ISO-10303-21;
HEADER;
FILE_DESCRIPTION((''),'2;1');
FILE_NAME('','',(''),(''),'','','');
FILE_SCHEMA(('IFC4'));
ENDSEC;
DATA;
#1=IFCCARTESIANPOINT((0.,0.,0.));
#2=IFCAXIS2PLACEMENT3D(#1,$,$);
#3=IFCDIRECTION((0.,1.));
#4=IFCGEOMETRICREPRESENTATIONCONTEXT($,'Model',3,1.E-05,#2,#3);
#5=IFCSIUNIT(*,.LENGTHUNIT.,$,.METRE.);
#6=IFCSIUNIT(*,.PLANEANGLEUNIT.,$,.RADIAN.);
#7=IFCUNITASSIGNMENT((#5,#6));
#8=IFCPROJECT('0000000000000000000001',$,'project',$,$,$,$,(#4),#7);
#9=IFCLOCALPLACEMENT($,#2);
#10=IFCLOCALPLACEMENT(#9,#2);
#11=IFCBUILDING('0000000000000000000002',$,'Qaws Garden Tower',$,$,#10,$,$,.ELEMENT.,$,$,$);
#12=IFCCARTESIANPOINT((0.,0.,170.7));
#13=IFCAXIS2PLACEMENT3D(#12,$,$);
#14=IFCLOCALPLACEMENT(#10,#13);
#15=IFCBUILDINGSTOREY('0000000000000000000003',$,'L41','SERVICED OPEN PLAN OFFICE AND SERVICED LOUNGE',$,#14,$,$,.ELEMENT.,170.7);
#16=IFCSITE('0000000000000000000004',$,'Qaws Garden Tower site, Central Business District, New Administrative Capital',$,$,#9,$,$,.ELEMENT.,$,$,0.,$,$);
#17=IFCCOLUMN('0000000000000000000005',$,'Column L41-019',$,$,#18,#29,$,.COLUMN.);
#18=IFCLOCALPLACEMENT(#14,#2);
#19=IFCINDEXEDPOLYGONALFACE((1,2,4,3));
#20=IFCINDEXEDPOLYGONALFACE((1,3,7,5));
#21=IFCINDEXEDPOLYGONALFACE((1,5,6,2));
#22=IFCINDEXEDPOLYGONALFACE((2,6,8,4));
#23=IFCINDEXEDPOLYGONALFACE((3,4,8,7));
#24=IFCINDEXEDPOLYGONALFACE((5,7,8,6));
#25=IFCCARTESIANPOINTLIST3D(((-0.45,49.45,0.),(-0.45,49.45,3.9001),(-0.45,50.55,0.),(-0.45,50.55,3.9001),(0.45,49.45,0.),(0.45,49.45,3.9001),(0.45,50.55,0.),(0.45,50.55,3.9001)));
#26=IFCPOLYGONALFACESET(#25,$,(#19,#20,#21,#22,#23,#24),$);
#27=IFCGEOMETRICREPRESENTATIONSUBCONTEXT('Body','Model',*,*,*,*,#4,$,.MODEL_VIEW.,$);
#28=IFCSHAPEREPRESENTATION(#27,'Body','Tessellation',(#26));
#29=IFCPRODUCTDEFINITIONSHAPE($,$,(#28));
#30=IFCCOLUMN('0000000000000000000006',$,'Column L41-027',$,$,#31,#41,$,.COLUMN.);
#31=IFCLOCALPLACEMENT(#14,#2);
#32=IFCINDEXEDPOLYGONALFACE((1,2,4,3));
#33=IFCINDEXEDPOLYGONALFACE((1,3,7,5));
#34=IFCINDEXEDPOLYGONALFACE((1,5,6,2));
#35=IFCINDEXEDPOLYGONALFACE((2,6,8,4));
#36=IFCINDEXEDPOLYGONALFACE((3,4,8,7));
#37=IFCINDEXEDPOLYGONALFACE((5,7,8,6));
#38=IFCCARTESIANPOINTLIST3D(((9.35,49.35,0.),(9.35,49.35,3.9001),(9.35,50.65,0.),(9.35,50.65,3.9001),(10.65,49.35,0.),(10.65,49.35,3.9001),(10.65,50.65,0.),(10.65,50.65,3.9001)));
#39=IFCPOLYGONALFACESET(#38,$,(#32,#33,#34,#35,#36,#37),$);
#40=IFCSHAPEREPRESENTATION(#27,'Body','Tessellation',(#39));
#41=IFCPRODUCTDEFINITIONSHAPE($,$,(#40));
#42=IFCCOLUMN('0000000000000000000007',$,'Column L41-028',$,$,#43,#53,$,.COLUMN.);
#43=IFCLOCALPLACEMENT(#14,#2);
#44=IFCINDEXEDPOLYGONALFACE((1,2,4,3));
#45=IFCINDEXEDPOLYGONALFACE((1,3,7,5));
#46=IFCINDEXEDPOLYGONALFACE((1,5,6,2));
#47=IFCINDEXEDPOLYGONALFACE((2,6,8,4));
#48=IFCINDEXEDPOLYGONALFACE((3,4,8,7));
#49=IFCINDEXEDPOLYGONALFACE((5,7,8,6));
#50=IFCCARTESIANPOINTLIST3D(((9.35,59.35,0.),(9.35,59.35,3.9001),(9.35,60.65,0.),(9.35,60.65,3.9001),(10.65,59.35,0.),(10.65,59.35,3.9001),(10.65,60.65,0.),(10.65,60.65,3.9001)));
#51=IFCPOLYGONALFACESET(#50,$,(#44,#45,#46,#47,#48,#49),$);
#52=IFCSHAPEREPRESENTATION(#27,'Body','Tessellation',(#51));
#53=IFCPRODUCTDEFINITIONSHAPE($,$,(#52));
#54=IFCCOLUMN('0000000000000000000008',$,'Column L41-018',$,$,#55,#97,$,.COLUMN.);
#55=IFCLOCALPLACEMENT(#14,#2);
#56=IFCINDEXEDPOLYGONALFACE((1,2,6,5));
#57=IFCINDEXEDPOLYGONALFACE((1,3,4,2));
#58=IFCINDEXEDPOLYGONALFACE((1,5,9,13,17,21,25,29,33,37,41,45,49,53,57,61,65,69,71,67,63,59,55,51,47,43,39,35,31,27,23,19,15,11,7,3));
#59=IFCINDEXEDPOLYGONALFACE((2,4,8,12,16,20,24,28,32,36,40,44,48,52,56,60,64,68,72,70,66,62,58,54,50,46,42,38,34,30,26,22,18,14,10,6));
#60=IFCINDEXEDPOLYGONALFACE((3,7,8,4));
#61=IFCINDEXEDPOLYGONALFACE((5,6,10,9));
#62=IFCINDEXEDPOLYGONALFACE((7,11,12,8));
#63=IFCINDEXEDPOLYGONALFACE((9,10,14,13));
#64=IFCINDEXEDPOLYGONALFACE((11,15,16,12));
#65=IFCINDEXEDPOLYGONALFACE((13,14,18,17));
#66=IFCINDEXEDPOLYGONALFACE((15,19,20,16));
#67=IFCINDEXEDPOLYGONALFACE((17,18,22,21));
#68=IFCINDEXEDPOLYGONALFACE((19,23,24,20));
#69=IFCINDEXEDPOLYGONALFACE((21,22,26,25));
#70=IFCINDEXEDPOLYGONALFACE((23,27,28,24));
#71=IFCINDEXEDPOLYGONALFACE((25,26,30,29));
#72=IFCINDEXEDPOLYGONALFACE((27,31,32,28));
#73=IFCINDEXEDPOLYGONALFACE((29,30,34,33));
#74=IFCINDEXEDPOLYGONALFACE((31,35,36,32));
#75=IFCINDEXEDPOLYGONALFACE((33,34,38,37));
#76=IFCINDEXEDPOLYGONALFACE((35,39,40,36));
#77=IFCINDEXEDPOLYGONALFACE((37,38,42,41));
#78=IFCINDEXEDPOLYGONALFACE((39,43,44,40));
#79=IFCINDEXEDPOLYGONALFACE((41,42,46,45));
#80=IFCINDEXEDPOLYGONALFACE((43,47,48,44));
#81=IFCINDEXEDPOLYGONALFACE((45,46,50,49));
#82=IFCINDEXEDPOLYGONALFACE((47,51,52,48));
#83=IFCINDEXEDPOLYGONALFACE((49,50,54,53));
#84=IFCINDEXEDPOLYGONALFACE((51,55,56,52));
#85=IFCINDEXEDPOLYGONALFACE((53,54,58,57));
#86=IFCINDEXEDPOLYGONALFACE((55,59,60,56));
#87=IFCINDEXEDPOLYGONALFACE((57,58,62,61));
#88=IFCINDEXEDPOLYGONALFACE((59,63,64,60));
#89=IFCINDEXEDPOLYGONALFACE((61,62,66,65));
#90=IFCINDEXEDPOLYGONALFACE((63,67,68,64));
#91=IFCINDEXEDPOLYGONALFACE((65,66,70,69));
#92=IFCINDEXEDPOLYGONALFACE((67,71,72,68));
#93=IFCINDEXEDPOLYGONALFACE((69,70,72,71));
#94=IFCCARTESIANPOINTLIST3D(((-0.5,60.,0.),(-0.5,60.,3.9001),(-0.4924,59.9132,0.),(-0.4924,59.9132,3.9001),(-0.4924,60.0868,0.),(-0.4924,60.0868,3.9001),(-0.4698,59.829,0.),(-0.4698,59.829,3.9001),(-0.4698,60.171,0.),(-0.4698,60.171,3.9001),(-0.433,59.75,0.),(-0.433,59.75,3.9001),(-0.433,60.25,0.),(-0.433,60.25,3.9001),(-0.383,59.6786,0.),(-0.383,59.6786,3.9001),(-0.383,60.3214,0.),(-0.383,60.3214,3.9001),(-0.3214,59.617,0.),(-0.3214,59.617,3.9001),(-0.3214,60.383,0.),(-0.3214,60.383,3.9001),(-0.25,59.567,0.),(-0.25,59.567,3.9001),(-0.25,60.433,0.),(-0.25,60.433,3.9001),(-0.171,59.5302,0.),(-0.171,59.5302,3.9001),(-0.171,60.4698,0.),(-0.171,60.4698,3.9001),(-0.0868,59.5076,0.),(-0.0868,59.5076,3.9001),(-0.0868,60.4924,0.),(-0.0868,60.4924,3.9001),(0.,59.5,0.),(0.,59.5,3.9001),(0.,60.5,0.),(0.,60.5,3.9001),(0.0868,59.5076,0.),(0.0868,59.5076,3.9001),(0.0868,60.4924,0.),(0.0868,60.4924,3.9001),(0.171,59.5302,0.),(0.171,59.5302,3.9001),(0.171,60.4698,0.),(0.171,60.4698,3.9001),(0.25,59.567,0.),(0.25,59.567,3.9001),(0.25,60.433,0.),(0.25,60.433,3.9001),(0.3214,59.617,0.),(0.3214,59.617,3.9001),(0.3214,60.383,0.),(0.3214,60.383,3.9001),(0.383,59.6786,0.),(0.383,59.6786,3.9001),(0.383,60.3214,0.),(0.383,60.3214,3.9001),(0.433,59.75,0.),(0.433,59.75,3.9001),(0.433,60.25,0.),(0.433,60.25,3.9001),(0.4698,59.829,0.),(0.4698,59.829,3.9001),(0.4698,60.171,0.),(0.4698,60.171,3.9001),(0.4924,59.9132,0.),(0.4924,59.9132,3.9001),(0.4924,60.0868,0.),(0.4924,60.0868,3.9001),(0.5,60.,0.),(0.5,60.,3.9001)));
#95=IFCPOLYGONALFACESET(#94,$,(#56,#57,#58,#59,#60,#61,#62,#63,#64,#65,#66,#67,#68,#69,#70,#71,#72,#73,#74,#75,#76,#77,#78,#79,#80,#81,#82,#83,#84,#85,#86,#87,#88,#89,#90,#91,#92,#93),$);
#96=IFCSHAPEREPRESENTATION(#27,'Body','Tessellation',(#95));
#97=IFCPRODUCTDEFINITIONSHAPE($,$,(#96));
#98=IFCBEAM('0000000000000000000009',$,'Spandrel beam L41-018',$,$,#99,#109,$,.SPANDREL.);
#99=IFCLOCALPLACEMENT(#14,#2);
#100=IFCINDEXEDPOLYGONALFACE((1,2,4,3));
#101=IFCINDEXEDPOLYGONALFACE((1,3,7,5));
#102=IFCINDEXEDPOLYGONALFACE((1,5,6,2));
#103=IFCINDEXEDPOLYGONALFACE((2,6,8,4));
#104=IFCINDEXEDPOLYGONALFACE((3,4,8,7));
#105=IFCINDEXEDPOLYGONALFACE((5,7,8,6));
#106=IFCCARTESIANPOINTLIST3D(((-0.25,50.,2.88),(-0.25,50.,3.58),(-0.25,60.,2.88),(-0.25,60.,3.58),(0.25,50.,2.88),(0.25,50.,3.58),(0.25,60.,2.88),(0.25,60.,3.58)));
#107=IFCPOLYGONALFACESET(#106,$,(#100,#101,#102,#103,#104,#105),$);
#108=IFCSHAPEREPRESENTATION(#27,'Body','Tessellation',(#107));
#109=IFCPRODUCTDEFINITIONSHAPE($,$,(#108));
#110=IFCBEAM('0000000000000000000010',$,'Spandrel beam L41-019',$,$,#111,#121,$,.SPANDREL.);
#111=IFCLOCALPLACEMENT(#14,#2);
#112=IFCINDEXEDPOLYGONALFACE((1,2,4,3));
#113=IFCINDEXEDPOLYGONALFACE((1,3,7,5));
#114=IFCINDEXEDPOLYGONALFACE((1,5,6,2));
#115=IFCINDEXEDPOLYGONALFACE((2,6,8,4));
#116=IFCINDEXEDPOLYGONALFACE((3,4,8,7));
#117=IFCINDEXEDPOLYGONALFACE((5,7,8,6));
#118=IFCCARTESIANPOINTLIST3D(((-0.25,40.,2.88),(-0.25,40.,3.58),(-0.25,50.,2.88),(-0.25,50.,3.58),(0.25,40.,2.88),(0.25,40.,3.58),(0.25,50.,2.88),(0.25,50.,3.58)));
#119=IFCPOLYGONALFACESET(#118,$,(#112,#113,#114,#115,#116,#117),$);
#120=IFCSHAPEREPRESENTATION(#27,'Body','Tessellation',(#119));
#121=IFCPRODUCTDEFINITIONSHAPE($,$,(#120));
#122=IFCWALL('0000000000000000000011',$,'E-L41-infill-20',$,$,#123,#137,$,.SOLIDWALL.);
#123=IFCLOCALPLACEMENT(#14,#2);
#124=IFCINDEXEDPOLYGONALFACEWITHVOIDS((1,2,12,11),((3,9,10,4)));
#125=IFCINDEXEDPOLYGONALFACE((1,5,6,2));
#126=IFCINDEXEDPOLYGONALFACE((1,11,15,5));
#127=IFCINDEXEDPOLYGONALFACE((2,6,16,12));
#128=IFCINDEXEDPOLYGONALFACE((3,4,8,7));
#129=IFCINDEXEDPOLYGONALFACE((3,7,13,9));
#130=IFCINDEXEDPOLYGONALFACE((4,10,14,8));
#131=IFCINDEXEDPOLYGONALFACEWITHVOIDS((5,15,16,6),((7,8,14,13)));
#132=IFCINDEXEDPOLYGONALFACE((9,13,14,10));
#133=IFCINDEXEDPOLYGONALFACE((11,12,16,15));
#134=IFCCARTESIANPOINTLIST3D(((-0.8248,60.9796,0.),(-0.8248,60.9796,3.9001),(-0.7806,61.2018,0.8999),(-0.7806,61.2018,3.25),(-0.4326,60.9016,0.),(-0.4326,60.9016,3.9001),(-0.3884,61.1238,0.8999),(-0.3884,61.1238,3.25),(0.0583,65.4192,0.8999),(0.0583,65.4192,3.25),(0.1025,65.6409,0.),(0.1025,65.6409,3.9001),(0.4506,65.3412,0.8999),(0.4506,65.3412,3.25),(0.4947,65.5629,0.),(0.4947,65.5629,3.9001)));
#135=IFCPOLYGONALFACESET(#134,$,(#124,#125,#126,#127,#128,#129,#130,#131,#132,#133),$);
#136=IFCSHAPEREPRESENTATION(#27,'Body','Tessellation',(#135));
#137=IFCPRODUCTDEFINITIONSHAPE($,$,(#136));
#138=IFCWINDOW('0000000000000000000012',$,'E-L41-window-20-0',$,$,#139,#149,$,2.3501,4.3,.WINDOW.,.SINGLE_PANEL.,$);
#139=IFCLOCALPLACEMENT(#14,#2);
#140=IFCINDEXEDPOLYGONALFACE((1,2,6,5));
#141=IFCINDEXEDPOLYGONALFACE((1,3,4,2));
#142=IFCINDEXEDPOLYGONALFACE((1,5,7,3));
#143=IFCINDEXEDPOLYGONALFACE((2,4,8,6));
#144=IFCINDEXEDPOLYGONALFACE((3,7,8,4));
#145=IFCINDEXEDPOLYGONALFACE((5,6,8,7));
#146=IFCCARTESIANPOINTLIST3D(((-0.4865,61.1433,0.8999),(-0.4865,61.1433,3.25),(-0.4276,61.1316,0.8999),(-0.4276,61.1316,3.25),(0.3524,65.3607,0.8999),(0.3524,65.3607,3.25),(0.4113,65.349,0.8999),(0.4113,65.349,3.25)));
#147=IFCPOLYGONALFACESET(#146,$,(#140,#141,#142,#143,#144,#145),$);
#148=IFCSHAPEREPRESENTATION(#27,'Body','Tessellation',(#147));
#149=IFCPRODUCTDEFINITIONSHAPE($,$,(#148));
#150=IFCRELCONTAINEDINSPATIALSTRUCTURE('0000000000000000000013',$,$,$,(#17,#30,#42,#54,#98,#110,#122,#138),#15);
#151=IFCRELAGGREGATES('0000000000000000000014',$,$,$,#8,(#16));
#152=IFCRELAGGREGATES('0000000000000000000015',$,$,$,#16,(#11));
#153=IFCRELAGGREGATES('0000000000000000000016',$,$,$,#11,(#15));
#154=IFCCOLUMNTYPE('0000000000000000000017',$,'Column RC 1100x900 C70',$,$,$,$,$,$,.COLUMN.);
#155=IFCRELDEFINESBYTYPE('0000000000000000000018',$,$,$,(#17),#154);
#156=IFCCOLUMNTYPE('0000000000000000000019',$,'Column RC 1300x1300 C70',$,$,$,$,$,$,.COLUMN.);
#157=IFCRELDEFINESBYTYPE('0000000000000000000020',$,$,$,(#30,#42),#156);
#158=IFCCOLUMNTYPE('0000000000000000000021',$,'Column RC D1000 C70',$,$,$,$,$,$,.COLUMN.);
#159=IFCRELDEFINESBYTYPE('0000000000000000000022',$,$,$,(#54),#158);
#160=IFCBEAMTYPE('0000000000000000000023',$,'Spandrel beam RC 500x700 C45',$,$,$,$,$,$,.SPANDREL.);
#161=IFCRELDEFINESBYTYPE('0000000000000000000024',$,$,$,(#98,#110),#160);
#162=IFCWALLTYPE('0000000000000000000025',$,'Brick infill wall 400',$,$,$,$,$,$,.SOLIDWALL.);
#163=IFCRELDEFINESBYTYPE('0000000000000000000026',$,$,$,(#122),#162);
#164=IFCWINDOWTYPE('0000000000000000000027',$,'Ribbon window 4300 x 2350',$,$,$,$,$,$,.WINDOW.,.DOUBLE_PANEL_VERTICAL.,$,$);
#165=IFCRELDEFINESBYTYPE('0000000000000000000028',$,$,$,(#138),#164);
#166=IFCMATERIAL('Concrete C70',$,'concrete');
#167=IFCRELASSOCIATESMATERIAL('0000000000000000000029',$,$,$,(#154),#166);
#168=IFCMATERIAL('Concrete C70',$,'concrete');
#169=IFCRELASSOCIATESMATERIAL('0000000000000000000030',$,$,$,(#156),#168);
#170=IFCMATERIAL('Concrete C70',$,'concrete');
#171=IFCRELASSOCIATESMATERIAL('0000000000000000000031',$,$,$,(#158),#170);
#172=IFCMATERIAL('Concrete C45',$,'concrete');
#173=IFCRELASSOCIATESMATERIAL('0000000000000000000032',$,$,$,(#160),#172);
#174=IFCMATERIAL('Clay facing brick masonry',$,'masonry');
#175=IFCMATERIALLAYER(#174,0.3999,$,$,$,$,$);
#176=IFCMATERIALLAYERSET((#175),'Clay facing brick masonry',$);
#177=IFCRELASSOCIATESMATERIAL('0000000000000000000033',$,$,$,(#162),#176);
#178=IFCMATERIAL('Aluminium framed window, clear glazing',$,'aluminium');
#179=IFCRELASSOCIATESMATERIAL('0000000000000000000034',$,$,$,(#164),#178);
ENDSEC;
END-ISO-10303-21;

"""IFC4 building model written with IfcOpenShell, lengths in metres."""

from ifc_helpers import new_model, si_unit, direction, frame, frame_2d, origin, origin_2d, place, context, subcontext, project, spatial, rectangle, circle, extrude, material, layer, layer_set, material_profile, profile_set, type_object, element, fill, save


model = new_model("IFC4")

# Units and contexts
model_context = context("Model", 3, precision=1e-05, world=origin(), true_north=direction((0.0, 1.0)))
body_context = subcontext(model_context, "Body", "Model", "MODEL_VIEW")
ifc_project = project(units=[si_unit("LENGTHUNIT", "METRE"), si_unit("PLANEANGLEUNIT", "RADIAN")], contexts=[model_context])

# Site, building, storey
site_placement = place(None, origin())
site = spatial("IfcSite", under=ifc_project, at=site_placement, Name="Qaws Garden Tower site, Central Business District, New Administrative Capital", CompositionType="ELEMENT", RefElevation=0.0)
building_placement = place(site_placement, origin())
building = spatial("IfcBuilding", under=site, at=building_placement, Name="Qaws Garden Tower", CompositionType="ELEMENT")
storey_placement = place(building_placement, frame((0.0, 0.0, 170.7)))
storey = spatial("IfcBuildingStorey", under=building, at=storey_placement, Name="L41", Description="SERVICED OPEN PLAN OFFICE AND SERVICED LOUNGE", CompositionType="ELEMENT", Elevation=170.7)

# Columns
ifc_material_1 = material(Name="Concrete C70", Category="concrete")
ifc_material_profile_1 = material_profile(ifc_material_1, rectangle(XDim=1.1001, YDim=0.8999, at=origin_2d()), Name="RC 1100x900")
ifc_profile_set_1 = profile_set([ifc_material_profile_1], Name="Concrete C70")
column_type_1 = type_object("IfcColumnType", Name="Column RC 1100x900 C70", PredefinedType="COLUMN", material=ifc_profile_set_1)
column_1_placement = place(storey_placement, frame((0.0, 50.0, 0.0), z_axis=(0.0, 0.0, 1.0), x_axis=(0.0, 1.0, 0.0)))
element("IfcColumn", 1, at=column_1_placement, inside=storey, type_object=column_type_1, Name="Column L41-019", PredefinedType="COLUMN", context=body_context, shape_type="SweptSolid", body=[
    extrude(rectangle(XDim=1.1001, YDim=0.8999, at=origin_2d()), origin(), (0.0, 0.0, 1.0), 3.9001),
])
ifc_material_2 = material(Name="Concrete C70", Category="concrete")
ifc_material_profile_2 = material_profile(ifc_material_2, rectangle(XDim=1.3, YDim=1.3, at=origin_2d()), Name="RC 1300x1300")
ifc_profile_set_2 = profile_set([ifc_material_profile_2], Name="Concrete C70")
column_type_2 = type_object("IfcColumnType", Name="Column RC 1300x1300 C70", PredefinedType="COLUMN", material=ifc_profile_set_2)
for number, where, z_axis, x_axis, name in (
    (2, (10.0, 50.0, 0.0), (0.0, 0.0, 1.0), (1.0, 0.0, 0.0), "Column L41-027"),
    (3, (10.0, 60.0, 0.0), (0.0, 0.0, 1.0), (1.0, 0.0, 0.0), "Column L41-028"),
):
    element("IfcColumn", number, at=place(storey_placement, frame(where, z_axis=z_axis, x_axis=x_axis)), inside=storey, type_object=column_type_2, Name=name, PredefinedType="COLUMN", context=body_context, shape_type="SweptSolid", body=[
        extrude(rectangle(XDim=1.3, YDim=1.3, at=origin_2d()), origin(), (0.0, 0.0, 1.0), 3.9001),
    ])
ifc_material_3 = material(Name="Concrete C70", Category="concrete")
ifc_material_profile_3 = material_profile(ifc_material_3, circle(Radius=0.5, at=origin_2d()), Name="RC D1000")
ifc_profile_set_3 = profile_set([ifc_material_profile_3], Name="Concrete C70")
column_type_3 = type_object("IfcColumnType", Name="Column RC D1000 C70", PredefinedType="COLUMN", material=ifc_profile_set_3)
column_2_placement = place(storey_placement, frame((0.0, 60.0, 0.0), z_axis=(0.0, 0.0, 1.0), x_axis=(1.0, 0.0, 0.0)))
element("IfcColumn", 4, at=column_2_placement, inside=storey, type_object=column_type_3, Name="Column L41-018", PredefinedType="COLUMN", context=body_context, shape_type="SweptSolid", body=[
    extrude(circle(Radius=0.5, at=origin_2d()), origin(), (0.0, 0.0, 1.0), 3.9001),
])

# Beams
ifc_material_4 = material(Name="Concrete C45", Category="concrete")
ifc_material_profile_4 = material_profile(ifc_material_4, rectangle(XDim=0.5, YDim=0.7, at=origin_2d()), Name="RC 500x700")
ifc_profile_set_4 = profile_set([ifc_material_profile_4], Name="Concrete C45")
beam_type = type_object("IfcBeamType", Name="Spandrel beam RC 500x700 C45", PredefinedType="SPANDREL", material=ifc_profile_set_4)
for number, where, z_axis, x_axis, name in (
    (5, (0.0, 60.0, 3.23), (0.0, -1.0, 0.0), (1.0, 0.0, 0.0), "Spandrel beam L41-018"),
    (6, (0.0, 50.0, 3.23), (0.0, -1.0, 0.0), (1.0, 0.0, 0.0), "Spandrel beam L41-019"),
):
    element("IfcBeam", number, at=place(storey_placement, frame(where, z_axis=z_axis, x_axis=x_axis)), inside=storey, type_object=beam_type, Name=name, PredefinedType="SPANDREL", context=body_context, shape_type="SweptSolid", body=[
        extrude(rectangle(XDim=0.5, YDim=0.7, at=origin_2d()), origin(), (0.0, 0.0, 1.0), 10.0),
    ])

# Wall, opening, window
ifc_material_5 = material(Name="Clay facing brick masonry", Category="masonry")
ifc_layer_1 = layer(ifc_material_5, 0.3999)
ifc_layer_set_1 = layer_set([ifc_layer_1], Name="Clay facing brick masonry")
wall_type_1 = type_object("IfcWallType", Name="Brick infill wall 400", PredefinedType="SOLIDWALL", material=ifc_layer_set_1)
wall_1_placement = place(storey_placement, frame((0.2986, 65.6021, 0.0), z_axis=(0.0, 0.0, 1.0), x_axis=(-0.195099, -0.980784, 0.0)))
wall_1 = element("IfcWall", 7, at=wall_1_placement, inside=storey, type_object=wall_type_1, Name="E-L41-infill-20", PredefinedType="SOLIDWALL", context=body_context, shape_type="SweptSolid", body=[
    extrude(rectangle(XDim=4.7527, YDim=0.3999, at=frame_2d((2.3765, 0.0))), origin(), (0.0, 0.0, 1.0), 3.9001),
])
opening_1_placement = place(wall_1_placement, frame((0.2263, 0.0, 0.8999)))
opening_1 = element("IfcOpeningElement", 8, at=opening_1_placement, cuts=wall_1, PredefinedType="OPENING", context=body_context, shape_type="SweptSolid", body=[
    extrude(rectangle(XDim=4.3, YDim=2.3501, at=frame_2d((2.1499, 1.175))), frame((0.0, 0.21, 0.0), z_axis=(0.0, -1.0, 0.0), x_axis=(1.0, 0.0, 0.0)), (0.0, 0.0, 1.0), 0.4199),
])
ifc_material_6 = material(Name="Aluminium framed window, clear glazing", Category="aluminium")
window_type_1 = type_object("IfcWindowType", Name="Ribbon window 4300 x 2350", PartitioningType="DOUBLE_PANEL_VERTICAL", PredefinedType="WINDOW", material=ifc_material_6)
window_1_placement = place(opening_1_placement, origin())
window_1 = element("IfcWindow", 9, at=window_1_placement, inside=storey, type_object=window_type_1, Name="E-L41-window-20-0", OverallHeight=2.3501, OverallWidth=4.3, PartitioningType="SINGLE_PANEL", PredefinedType="WINDOW", context=body_context, shape_type="SweptSolid", body=[
    extrude(rectangle(XDim=4.3, YDim=2.3501, at=frame_2d((2.1499, 1.175))), frame((0.0, 0.1599, 0.0), z_axis=(0.0, -1.0, 0.0), x_axis=(1.0, 0.0, 0.0)), (0.0, 0.0, 1.0), 0.0601),
])
fill(opening_1, window_1)

save(model, "model.ifc")
